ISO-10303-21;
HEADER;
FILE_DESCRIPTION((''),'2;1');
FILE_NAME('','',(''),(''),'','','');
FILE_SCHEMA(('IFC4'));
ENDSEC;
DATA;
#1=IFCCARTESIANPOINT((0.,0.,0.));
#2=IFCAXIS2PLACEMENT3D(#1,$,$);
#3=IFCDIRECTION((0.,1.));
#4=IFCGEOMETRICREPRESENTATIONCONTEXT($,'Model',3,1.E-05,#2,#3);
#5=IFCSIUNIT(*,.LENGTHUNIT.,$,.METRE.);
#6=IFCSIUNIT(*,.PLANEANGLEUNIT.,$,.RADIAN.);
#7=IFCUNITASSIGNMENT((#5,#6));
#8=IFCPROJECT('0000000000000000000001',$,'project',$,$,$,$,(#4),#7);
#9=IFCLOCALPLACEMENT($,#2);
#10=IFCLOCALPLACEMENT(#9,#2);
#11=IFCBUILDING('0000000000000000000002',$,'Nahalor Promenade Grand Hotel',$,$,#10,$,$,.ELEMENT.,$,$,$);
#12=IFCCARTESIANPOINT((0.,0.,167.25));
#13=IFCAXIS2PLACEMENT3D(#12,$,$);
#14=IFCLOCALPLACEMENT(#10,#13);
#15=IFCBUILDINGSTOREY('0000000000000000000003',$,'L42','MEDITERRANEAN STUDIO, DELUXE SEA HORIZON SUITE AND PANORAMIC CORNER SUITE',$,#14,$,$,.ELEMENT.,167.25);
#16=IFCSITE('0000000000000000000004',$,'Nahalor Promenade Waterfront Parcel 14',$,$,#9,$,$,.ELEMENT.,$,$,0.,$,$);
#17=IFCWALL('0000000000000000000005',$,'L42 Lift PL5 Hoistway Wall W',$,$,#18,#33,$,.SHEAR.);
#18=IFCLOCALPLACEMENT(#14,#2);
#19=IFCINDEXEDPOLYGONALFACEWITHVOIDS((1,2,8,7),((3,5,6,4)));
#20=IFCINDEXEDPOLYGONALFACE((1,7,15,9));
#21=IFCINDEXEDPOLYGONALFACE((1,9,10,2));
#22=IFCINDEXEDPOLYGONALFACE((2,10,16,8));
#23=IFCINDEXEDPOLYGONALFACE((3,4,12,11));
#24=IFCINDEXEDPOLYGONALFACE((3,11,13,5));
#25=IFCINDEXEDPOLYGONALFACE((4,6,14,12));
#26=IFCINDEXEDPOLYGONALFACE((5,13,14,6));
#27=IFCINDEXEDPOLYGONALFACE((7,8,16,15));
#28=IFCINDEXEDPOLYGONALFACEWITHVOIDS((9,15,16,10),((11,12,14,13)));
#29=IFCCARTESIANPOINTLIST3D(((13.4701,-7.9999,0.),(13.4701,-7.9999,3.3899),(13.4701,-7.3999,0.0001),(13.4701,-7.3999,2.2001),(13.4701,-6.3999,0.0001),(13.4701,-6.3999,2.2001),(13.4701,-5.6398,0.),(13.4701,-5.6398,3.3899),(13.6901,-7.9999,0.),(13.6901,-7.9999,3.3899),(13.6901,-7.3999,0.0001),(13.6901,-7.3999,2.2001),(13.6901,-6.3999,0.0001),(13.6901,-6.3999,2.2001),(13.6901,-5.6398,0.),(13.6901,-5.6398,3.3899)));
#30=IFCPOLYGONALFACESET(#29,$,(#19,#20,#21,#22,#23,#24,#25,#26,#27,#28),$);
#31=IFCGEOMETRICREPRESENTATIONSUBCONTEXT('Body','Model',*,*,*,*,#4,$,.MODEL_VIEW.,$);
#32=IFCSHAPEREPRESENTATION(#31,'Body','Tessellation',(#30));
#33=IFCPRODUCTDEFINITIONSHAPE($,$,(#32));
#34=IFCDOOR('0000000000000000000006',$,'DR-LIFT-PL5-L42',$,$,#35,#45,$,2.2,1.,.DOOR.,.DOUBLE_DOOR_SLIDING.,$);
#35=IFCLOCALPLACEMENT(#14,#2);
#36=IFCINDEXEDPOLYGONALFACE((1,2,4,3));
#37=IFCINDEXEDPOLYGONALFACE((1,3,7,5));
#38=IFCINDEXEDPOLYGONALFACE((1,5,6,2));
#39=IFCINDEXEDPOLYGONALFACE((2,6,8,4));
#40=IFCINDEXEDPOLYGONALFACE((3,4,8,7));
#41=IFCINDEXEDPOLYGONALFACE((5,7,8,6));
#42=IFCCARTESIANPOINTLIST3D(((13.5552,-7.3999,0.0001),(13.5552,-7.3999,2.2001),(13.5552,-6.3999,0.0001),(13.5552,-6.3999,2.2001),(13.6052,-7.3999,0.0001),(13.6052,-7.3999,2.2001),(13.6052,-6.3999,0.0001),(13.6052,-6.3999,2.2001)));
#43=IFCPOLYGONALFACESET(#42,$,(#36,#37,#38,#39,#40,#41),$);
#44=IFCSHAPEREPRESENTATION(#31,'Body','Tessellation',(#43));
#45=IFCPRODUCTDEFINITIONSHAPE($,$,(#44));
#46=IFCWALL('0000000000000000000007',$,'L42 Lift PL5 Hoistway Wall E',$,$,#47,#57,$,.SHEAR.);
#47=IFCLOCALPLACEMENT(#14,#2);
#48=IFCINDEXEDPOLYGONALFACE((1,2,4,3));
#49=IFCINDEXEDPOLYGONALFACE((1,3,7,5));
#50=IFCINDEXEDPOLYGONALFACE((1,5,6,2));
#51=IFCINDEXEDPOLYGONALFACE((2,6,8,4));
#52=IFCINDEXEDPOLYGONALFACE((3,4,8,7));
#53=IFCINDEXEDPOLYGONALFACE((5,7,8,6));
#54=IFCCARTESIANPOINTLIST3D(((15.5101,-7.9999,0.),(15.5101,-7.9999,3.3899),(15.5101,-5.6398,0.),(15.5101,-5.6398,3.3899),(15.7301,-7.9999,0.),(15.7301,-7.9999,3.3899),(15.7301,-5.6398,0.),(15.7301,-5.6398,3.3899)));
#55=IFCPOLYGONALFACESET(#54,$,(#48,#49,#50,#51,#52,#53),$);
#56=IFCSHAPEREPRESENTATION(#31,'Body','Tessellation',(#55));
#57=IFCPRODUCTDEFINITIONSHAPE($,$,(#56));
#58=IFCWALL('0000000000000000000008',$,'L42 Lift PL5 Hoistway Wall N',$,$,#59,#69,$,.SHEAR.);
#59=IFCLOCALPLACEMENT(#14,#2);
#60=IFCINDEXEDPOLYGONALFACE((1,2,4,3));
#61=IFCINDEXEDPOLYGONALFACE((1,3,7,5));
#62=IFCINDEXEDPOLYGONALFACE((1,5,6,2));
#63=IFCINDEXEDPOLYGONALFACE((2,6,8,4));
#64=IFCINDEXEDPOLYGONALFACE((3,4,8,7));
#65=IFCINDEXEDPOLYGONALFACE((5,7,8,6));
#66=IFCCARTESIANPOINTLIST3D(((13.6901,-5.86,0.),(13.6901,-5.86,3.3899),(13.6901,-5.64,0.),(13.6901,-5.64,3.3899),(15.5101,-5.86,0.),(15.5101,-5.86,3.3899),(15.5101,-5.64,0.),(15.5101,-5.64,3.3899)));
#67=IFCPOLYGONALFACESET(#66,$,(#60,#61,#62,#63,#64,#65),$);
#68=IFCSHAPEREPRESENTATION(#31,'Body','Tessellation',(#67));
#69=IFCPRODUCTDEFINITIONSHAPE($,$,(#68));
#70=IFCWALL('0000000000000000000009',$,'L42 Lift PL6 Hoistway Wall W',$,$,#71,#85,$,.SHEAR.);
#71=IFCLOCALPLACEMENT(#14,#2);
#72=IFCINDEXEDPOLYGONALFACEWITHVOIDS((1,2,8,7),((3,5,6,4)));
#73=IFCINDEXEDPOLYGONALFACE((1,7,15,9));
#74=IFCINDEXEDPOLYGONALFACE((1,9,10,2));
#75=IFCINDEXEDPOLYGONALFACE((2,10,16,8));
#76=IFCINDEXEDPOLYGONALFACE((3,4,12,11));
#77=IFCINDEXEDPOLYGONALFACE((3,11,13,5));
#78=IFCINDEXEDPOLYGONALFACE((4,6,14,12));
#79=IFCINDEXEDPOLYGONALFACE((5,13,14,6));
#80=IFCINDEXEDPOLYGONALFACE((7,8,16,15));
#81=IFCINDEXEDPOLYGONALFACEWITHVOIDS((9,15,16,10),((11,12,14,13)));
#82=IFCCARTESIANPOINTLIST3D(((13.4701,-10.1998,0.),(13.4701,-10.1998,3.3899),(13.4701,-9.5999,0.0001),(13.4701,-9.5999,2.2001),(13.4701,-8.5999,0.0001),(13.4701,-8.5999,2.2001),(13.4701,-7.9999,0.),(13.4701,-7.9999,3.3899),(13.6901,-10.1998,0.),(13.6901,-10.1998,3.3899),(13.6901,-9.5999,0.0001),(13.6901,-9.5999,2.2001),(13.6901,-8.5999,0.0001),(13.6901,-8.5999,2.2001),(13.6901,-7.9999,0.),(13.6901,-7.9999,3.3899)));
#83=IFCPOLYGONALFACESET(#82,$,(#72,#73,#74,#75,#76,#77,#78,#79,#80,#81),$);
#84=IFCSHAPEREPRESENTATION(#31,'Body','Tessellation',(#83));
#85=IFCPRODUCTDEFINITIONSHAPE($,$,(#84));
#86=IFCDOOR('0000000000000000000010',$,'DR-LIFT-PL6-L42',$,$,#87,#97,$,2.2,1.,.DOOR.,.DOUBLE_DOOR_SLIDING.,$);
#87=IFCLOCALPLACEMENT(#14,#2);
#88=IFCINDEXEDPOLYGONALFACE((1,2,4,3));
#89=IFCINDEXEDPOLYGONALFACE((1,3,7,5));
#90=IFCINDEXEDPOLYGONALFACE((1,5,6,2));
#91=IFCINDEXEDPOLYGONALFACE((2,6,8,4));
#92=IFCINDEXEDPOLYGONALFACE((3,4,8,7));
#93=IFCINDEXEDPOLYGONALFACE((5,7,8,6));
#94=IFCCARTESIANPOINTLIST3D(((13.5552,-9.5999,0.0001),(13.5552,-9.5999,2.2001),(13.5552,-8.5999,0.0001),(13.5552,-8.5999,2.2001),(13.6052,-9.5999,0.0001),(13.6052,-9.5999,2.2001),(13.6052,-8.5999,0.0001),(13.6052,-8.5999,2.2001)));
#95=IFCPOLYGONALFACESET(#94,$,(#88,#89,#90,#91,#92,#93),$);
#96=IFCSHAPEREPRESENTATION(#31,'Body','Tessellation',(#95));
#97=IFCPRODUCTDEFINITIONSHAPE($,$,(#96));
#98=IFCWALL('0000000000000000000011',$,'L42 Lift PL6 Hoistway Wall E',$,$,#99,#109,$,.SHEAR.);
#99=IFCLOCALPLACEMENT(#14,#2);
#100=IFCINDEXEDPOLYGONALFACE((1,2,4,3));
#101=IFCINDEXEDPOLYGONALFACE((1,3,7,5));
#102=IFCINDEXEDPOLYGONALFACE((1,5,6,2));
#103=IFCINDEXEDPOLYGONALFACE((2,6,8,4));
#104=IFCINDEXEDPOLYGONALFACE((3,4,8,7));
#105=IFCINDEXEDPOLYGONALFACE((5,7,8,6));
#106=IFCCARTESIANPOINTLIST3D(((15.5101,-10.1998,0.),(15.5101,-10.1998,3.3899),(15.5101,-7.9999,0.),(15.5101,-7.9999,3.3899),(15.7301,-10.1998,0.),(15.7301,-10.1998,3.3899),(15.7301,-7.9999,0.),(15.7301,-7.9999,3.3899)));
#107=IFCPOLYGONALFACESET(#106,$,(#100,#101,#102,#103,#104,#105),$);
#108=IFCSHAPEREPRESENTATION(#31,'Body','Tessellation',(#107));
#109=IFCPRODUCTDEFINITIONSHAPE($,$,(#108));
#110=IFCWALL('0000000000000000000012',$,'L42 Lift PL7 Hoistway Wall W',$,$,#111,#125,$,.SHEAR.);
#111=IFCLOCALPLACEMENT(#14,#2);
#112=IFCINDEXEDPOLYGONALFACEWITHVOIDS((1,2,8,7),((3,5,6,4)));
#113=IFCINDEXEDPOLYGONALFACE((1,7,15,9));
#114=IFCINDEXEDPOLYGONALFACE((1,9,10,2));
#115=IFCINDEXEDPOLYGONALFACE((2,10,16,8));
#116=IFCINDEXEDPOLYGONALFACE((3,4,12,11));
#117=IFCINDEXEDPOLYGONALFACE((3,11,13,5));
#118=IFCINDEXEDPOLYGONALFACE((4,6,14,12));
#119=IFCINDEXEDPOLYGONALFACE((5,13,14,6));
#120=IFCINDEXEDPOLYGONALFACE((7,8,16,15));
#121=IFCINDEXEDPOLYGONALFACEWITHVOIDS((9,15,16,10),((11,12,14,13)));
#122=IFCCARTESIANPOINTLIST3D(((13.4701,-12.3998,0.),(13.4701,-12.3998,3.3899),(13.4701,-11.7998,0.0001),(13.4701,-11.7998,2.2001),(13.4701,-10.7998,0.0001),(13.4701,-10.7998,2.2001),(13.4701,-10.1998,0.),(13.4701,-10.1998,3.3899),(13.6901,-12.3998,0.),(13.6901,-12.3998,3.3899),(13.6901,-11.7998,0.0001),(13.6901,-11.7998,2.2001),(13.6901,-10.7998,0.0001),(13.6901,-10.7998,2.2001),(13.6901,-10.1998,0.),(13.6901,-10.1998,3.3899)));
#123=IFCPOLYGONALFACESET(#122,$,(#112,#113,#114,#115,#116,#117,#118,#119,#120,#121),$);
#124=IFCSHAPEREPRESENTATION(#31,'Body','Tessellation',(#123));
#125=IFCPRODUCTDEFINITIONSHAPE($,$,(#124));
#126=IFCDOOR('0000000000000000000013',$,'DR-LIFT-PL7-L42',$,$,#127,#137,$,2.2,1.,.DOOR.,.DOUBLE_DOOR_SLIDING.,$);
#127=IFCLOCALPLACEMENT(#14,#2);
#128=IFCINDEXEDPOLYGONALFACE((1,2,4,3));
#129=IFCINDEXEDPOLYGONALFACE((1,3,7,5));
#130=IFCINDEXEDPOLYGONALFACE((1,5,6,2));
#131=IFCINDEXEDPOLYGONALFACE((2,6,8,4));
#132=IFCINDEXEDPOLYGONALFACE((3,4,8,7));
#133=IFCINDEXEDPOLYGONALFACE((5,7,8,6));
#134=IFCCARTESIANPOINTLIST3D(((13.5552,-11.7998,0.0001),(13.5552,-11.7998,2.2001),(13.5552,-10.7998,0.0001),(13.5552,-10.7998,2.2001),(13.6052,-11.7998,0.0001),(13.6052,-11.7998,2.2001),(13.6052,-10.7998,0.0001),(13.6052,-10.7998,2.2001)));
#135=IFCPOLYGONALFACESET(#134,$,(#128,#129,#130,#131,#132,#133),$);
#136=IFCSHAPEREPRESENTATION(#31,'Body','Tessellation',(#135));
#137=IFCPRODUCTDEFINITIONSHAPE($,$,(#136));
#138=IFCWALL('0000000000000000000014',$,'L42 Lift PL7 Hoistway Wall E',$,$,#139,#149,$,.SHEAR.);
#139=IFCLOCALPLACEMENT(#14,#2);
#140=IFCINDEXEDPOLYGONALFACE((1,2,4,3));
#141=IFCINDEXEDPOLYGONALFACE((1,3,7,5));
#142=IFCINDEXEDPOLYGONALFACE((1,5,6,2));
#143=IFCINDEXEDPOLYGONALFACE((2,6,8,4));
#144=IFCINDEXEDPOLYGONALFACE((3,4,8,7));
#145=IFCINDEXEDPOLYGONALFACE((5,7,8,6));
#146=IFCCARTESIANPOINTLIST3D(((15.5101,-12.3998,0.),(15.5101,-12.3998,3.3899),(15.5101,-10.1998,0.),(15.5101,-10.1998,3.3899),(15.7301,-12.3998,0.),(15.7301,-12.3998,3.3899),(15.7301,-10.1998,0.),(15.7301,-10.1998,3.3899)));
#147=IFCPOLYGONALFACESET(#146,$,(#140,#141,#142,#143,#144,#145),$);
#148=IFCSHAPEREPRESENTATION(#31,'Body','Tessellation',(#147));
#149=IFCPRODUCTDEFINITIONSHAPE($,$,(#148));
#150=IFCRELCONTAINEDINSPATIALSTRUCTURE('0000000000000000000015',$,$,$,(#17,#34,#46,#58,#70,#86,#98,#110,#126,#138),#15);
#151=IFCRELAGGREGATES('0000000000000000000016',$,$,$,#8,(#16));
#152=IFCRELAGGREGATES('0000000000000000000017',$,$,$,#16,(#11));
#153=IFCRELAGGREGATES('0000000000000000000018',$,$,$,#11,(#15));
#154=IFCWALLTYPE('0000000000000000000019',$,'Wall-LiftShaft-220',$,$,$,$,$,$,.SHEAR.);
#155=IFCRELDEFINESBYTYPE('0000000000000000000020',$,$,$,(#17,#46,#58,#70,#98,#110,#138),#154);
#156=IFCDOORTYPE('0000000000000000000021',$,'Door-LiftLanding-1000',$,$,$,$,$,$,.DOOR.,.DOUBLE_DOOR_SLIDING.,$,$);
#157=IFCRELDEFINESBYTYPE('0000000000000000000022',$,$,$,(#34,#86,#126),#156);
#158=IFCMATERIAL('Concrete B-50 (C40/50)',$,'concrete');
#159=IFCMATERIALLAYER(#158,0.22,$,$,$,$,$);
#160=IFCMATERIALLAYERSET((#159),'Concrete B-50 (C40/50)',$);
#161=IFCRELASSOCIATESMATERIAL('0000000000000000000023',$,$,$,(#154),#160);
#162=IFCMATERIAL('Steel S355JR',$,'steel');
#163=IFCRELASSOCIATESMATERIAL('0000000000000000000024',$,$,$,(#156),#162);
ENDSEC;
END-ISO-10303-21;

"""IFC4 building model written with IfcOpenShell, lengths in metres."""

from ifc_helpers import new_model, si_unit, direction, frame, frame_2d, origin, place, context, subcontext, project, spatial, rectangle, extrude, source, transform, mapped, material, layer, layer_set, type_object, element, fill, save


model = new_model("IFC4")

# Units and contexts
model_context = context("Model", 3, precision=1e-05, world=origin(), true_north=direction((0.0, 1.0)))
body_context = subcontext(model_context, "Body", "Model", "MODEL_VIEW")
ifc_project = project(units=[si_unit("LENGTHUNIT", "METRE"), si_unit("PLANEANGLEUNIT", "RADIAN")], contexts=[model_context])

# Site, building, storey
site_placement = place(None, origin())
site = spatial("IfcSite", under=ifc_project, at=site_placement, Name="Nahalor Promenade Waterfront Parcel 14", CompositionType="ELEMENT", RefElevation=0.0)
building_placement = place(site_placement, origin())
building = spatial("IfcBuilding", under=site, at=building_placement, Name="Nahalor Promenade Grand Hotel", CompositionType="ELEMENT")
storey_placement = place(building_placement, frame((0.0, 0.0, 167.25)))
storey = spatial("IfcBuildingStorey", under=building, at=storey_placement, Name="L42", Description="MEDITERRANEAN STUDIO, DELUXE SEA HORIZON SUITE AND PANORAMIC CORNER SUITE", CompositionType="ELEMENT", Elevation=167.25)

# Shared definitions
ifc_material_1 = material(Name="Steel S355JR", Category="steel")

# Shared definitions
ifc_material_2 = material(Name="Concrete B-50 (C40/50)", Category="concrete")
ifc_layer_1 = layer(ifc_material_2, 0.22)
ifc_layer_set_1 = layer_set([ifc_layer_1], Name="Concrete B-50 (C40/50)")
wall_type_1 = type_object("IfcWallType", Name="Wall-LiftShaft-220", PredefinedType="SHEAR", material=ifc_layer_set_1)

# Wall, opening, door
shared_shape_1 = source(origin(), body_context, "Body", "SweptSolid", [
    extrude(rectangle(XDim=2.3601, YDim=0.22, at=frame_2d((1.1802, 0.0))), origin(), (0.0, 0.0, 1.0), 3.3899),
])
wall_1_placement = place(storey_placement, frame((13.5801, -8.0, 0.0), z_axis=(0.0, 0.0, 1.0), x_axis=(0.0, 1.0, 0.0)))
wall_1 = element("IfcWall", 1, at=wall_1_placement, inside=storey, type_object=wall_type_1, Name="L42 Lift PL5 Hoistway Wall W", PredefinedType="SHEAR", context=body_context, shape_type="MappedRepresentation", body=[
    mapped(shared_shape_1, transform((0.0, 0.0, 0.0), scale=1.0)),
])
opening_1_placement = place(wall_1_placement, frame((0.6001, 0.0, 0.0)))
opening_1 = element("IfcOpeningElement", 2, at=opening_1_placement, cuts=wall_1, PredefinedType="OPENING", context=body_context, shape_type="SweptSolid", body=[
    extrude(rectangle(XDim=1.0, YDim=2.2, at=frame_2d((0.5, 1.1001))), frame((0.0, 0.1199, 0.0), z_axis=(0.0, -1.0, 0.0), x_axis=(1.0, 0.0, 0.0)), (0.0, 0.0, 1.0), 0.24),
])
door_type_1 = type_object("IfcDoorType", Name="Door-LiftLanding-1000", OperationType="DOUBLE_DOOR_SLIDING", PredefinedType="DOOR", material=ifc_material_1)
shared_shape_2 = source(origin(), body_context, "Body", "SweptSolid", [
    extrude(rectangle(XDim=1.0, YDim=2.2, at=frame_2d((0.5, 1.1001))), frame((0.0, 0.0249, 0.0), z_axis=(0.0, -1.0, 0.0), x_axis=(1.0, 0.0, 0.0)), (0.0, 0.0, 1.0), 0.05),
])
door_1_placement = place(opening_1_placement, origin())
door_1 = element("IfcDoor", 3, at=door_1_placement, inside=storey, type_object=door_type_1, Name="DR-LIFT-PL5-L42", OperationType="DOUBLE_DOOR_SLIDING", OverallHeight=2.2, OverallWidth=1.0, PredefinedType="DOOR", context=body_context, shape_type="MappedRepresentation", body=[
    mapped(shared_shape_2, transform((0.0, 0.0, 0.0), scale=1.0)),
])
fill(opening_1, door_1)

# Walls
wall_2_placement = place(storey_placement, frame((15.6201, -8.0, 0.0), z_axis=(0.0, 0.0, 1.0), x_axis=(0.0, 1.0, 0.0)))
element("IfcWall", 4, at=wall_2_placement, inside=storey, type_object=wall_type_1, Name="L42 Lift PL5 Hoistway Wall E", PredefinedType="SHEAR", context=body_context, shape_type="MappedRepresentation", body=[
    mapped(shared_shape_1, transform((0.0, 0.0, 0.0), scale=1.0)),
])
shared_shape_3 = source(origin(), body_context, "Body", "SweptSolid", [
    extrude(rectangle(XDim=1.8201, YDim=0.22, at=frame_2d((0.9102, 0.0))), origin(), (0.0, 0.0, 1.0), 3.3899),
])
wall_3_placement = place(storey_placement, frame((13.6899, -5.75, 0.0), z_axis=(0.0, 0.0, 1.0), x_axis=(1.0, 0.0, 0.0)))
element("IfcWall", 5, at=wall_3_placement, inside=storey, type_object=wall_type_1, Name="L42 Lift PL5 Hoistway Wall N", PredefinedType="SHEAR", context=body_context, shape_type="MappedRepresentation", body=[
    mapped(shared_shape_3, transform((0.0, 0.0, 0.0), scale=1.0)),
])

# Wall, opening, door
shared_shape_4 = source(origin(), body_context, "Body", "SweptSolid", [
    extrude(rectangle(XDim=2.2, YDim=0.22, at=frame_2d((1.1001, 0.0))), origin(), (0.0, 0.0, 1.0), 3.3899),
])
wall_4_placement = place(storey_placement, frame((13.5801, -10.2, 0.0), z_axis=(0.0, 0.0, 1.0), x_axis=(0.0, 1.0, 0.0)))
wall_4 = element("IfcWall", 6, at=wall_4_placement, inside=storey, type_object=wall_type_1, Name="L42 Lift PL6 Hoistway Wall W", PredefinedType="SHEAR", context=body_context, shape_type="MappedRepresentation", body=[
    mapped(shared_shape_4, transform((0.0, 0.0, 0.0), scale=1.0)),
])
opening_2_placement = place(wall_4_placement, frame((0.6001, 0.0, 0.0)))
opening_2 = element("IfcOpeningElement", 7, at=opening_2_placement, cuts=wall_4, PredefinedType="OPENING", context=body_context, shape_type="SweptSolid", body=[
    extrude(rectangle(XDim=1.0, YDim=2.2, at=frame_2d((0.5, 1.1001))), frame((0.0, 0.1199, 0.0), z_axis=(0.0, -1.0, 0.0), x_axis=(1.0, 0.0, 0.0)), (0.0, 0.0, 1.0), 0.24),
])
door_2_placement = place(opening_2_placement, origin())
door_2 = element("IfcDoor", 8, at=door_2_placement, inside=storey, type_object=door_type_1, Name="DR-LIFT-PL6-L42", OperationType="DOUBLE_DOOR_SLIDING", OverallHeight=2.2, OverallWidth=1.0, PredefinedType="DOOR", context=body_context, shape_type="MappedRepresentation", body=[
    mapped(shared_shape_2, transform((0.0, 0.0, 0.0), scale=1.0)),
])
fill(opening_2, door_2)

# Wall
wall_5_placement = place(storey_placement, frame((15.6201, -10.2, 0.0), z_axis=(0.0, 0.0, 1.0), x_axis=(0.0, 1.0, 0.0)))
element("IfcWall", 9, at=wall_5_placement, inside=storey, type_object=wall_type_1, Name="L42 Lift PL6 Hoistway Wall E", PredefinedType="SHEAR", context=body_context, shape_type="MappedRepresentation", body=[
    mapped(shared_shape_4, transform((0.0, 0.0, 0.0), scale=1.0)),
])

# Wall, opening, door
wall_6_placement = place(storey_placement, frame((13.5801, -12.3999, 0.0), z_axis=(0.0, 0.0, 1.0), x_axis=(0.0, 1.0, 0.0)))
wall_6 = element("IfcWall", 10, at=wall_6_placement, inside=storey, type_object=wall_type_1, Name="L42 Lift PL7 Hoistway Wall W", PredefinedType="SHEAR", context=body_context, shape_type="MappedRepresentation", body=[
    mapped(shared_shape_4, transform((0.0, 0.0, 0.0), scale=1.0)),
])
opening_3_placement = place(wall_6_placement, frame((0.6001, 0.0, 0.0)))
opening_3 = element("IfcOpeningElement", 11, at=opening_3_placement, cuts=wall_6, PredefinedType="OPENING", context=body_context, shape_type="SweptSolid", body=[
    extrude(rectangle(XDim=1.0, YDim=2.2, at=frame_2d((0.5, 1.1001))), frame((0.0, 0.1199, 0.0), z_axis=(0.0, -1.0, 0.0), x_axis=(1.0, 0.0, 0.0)), (0.0, 0.0, 1.0), 0.24),
])
door_3_placement = place(opening_3_placement, origin())
door_3 = element("IfcDoor", 12, at=door_3_placement, inside=storey, type_object=door_type_1, Name="DR-LIFT-PL7-L42", OperationType="DOUBLE_DOOR_SLIDING", OverallHeight=2.2, OverallWidth=1.0, PredefinedType="DOOR", context=body_context, shape_type="MappedRepresentation", body=[
    mapped(shared_shape_2, transform((0.0, 0.0, 0.0), scale=1.0)),
])
fill(opening_3, door_3)

# Wall
wall_7_placement = place(storey_placement, frame((15.6201, -12.3999, 0.0), z_axis=(0.0, 0.0, 1.0), x_axis=(0.0, 1.0, 0.0)))
element("IfcWall", 13, at=wall_7_placement, inside=storey, type_object=wall_type_1, Name="L42 Lift PL7 Hoistway Wall E", PredefinedType="SHEAR", context=body_context, shape_type="MappedRepresentation", body=[
    mapped(shared_shape_4, transform((0.0, 0.0, 0.0), scale=1.0)),
])

save(model, "model.ifc")
